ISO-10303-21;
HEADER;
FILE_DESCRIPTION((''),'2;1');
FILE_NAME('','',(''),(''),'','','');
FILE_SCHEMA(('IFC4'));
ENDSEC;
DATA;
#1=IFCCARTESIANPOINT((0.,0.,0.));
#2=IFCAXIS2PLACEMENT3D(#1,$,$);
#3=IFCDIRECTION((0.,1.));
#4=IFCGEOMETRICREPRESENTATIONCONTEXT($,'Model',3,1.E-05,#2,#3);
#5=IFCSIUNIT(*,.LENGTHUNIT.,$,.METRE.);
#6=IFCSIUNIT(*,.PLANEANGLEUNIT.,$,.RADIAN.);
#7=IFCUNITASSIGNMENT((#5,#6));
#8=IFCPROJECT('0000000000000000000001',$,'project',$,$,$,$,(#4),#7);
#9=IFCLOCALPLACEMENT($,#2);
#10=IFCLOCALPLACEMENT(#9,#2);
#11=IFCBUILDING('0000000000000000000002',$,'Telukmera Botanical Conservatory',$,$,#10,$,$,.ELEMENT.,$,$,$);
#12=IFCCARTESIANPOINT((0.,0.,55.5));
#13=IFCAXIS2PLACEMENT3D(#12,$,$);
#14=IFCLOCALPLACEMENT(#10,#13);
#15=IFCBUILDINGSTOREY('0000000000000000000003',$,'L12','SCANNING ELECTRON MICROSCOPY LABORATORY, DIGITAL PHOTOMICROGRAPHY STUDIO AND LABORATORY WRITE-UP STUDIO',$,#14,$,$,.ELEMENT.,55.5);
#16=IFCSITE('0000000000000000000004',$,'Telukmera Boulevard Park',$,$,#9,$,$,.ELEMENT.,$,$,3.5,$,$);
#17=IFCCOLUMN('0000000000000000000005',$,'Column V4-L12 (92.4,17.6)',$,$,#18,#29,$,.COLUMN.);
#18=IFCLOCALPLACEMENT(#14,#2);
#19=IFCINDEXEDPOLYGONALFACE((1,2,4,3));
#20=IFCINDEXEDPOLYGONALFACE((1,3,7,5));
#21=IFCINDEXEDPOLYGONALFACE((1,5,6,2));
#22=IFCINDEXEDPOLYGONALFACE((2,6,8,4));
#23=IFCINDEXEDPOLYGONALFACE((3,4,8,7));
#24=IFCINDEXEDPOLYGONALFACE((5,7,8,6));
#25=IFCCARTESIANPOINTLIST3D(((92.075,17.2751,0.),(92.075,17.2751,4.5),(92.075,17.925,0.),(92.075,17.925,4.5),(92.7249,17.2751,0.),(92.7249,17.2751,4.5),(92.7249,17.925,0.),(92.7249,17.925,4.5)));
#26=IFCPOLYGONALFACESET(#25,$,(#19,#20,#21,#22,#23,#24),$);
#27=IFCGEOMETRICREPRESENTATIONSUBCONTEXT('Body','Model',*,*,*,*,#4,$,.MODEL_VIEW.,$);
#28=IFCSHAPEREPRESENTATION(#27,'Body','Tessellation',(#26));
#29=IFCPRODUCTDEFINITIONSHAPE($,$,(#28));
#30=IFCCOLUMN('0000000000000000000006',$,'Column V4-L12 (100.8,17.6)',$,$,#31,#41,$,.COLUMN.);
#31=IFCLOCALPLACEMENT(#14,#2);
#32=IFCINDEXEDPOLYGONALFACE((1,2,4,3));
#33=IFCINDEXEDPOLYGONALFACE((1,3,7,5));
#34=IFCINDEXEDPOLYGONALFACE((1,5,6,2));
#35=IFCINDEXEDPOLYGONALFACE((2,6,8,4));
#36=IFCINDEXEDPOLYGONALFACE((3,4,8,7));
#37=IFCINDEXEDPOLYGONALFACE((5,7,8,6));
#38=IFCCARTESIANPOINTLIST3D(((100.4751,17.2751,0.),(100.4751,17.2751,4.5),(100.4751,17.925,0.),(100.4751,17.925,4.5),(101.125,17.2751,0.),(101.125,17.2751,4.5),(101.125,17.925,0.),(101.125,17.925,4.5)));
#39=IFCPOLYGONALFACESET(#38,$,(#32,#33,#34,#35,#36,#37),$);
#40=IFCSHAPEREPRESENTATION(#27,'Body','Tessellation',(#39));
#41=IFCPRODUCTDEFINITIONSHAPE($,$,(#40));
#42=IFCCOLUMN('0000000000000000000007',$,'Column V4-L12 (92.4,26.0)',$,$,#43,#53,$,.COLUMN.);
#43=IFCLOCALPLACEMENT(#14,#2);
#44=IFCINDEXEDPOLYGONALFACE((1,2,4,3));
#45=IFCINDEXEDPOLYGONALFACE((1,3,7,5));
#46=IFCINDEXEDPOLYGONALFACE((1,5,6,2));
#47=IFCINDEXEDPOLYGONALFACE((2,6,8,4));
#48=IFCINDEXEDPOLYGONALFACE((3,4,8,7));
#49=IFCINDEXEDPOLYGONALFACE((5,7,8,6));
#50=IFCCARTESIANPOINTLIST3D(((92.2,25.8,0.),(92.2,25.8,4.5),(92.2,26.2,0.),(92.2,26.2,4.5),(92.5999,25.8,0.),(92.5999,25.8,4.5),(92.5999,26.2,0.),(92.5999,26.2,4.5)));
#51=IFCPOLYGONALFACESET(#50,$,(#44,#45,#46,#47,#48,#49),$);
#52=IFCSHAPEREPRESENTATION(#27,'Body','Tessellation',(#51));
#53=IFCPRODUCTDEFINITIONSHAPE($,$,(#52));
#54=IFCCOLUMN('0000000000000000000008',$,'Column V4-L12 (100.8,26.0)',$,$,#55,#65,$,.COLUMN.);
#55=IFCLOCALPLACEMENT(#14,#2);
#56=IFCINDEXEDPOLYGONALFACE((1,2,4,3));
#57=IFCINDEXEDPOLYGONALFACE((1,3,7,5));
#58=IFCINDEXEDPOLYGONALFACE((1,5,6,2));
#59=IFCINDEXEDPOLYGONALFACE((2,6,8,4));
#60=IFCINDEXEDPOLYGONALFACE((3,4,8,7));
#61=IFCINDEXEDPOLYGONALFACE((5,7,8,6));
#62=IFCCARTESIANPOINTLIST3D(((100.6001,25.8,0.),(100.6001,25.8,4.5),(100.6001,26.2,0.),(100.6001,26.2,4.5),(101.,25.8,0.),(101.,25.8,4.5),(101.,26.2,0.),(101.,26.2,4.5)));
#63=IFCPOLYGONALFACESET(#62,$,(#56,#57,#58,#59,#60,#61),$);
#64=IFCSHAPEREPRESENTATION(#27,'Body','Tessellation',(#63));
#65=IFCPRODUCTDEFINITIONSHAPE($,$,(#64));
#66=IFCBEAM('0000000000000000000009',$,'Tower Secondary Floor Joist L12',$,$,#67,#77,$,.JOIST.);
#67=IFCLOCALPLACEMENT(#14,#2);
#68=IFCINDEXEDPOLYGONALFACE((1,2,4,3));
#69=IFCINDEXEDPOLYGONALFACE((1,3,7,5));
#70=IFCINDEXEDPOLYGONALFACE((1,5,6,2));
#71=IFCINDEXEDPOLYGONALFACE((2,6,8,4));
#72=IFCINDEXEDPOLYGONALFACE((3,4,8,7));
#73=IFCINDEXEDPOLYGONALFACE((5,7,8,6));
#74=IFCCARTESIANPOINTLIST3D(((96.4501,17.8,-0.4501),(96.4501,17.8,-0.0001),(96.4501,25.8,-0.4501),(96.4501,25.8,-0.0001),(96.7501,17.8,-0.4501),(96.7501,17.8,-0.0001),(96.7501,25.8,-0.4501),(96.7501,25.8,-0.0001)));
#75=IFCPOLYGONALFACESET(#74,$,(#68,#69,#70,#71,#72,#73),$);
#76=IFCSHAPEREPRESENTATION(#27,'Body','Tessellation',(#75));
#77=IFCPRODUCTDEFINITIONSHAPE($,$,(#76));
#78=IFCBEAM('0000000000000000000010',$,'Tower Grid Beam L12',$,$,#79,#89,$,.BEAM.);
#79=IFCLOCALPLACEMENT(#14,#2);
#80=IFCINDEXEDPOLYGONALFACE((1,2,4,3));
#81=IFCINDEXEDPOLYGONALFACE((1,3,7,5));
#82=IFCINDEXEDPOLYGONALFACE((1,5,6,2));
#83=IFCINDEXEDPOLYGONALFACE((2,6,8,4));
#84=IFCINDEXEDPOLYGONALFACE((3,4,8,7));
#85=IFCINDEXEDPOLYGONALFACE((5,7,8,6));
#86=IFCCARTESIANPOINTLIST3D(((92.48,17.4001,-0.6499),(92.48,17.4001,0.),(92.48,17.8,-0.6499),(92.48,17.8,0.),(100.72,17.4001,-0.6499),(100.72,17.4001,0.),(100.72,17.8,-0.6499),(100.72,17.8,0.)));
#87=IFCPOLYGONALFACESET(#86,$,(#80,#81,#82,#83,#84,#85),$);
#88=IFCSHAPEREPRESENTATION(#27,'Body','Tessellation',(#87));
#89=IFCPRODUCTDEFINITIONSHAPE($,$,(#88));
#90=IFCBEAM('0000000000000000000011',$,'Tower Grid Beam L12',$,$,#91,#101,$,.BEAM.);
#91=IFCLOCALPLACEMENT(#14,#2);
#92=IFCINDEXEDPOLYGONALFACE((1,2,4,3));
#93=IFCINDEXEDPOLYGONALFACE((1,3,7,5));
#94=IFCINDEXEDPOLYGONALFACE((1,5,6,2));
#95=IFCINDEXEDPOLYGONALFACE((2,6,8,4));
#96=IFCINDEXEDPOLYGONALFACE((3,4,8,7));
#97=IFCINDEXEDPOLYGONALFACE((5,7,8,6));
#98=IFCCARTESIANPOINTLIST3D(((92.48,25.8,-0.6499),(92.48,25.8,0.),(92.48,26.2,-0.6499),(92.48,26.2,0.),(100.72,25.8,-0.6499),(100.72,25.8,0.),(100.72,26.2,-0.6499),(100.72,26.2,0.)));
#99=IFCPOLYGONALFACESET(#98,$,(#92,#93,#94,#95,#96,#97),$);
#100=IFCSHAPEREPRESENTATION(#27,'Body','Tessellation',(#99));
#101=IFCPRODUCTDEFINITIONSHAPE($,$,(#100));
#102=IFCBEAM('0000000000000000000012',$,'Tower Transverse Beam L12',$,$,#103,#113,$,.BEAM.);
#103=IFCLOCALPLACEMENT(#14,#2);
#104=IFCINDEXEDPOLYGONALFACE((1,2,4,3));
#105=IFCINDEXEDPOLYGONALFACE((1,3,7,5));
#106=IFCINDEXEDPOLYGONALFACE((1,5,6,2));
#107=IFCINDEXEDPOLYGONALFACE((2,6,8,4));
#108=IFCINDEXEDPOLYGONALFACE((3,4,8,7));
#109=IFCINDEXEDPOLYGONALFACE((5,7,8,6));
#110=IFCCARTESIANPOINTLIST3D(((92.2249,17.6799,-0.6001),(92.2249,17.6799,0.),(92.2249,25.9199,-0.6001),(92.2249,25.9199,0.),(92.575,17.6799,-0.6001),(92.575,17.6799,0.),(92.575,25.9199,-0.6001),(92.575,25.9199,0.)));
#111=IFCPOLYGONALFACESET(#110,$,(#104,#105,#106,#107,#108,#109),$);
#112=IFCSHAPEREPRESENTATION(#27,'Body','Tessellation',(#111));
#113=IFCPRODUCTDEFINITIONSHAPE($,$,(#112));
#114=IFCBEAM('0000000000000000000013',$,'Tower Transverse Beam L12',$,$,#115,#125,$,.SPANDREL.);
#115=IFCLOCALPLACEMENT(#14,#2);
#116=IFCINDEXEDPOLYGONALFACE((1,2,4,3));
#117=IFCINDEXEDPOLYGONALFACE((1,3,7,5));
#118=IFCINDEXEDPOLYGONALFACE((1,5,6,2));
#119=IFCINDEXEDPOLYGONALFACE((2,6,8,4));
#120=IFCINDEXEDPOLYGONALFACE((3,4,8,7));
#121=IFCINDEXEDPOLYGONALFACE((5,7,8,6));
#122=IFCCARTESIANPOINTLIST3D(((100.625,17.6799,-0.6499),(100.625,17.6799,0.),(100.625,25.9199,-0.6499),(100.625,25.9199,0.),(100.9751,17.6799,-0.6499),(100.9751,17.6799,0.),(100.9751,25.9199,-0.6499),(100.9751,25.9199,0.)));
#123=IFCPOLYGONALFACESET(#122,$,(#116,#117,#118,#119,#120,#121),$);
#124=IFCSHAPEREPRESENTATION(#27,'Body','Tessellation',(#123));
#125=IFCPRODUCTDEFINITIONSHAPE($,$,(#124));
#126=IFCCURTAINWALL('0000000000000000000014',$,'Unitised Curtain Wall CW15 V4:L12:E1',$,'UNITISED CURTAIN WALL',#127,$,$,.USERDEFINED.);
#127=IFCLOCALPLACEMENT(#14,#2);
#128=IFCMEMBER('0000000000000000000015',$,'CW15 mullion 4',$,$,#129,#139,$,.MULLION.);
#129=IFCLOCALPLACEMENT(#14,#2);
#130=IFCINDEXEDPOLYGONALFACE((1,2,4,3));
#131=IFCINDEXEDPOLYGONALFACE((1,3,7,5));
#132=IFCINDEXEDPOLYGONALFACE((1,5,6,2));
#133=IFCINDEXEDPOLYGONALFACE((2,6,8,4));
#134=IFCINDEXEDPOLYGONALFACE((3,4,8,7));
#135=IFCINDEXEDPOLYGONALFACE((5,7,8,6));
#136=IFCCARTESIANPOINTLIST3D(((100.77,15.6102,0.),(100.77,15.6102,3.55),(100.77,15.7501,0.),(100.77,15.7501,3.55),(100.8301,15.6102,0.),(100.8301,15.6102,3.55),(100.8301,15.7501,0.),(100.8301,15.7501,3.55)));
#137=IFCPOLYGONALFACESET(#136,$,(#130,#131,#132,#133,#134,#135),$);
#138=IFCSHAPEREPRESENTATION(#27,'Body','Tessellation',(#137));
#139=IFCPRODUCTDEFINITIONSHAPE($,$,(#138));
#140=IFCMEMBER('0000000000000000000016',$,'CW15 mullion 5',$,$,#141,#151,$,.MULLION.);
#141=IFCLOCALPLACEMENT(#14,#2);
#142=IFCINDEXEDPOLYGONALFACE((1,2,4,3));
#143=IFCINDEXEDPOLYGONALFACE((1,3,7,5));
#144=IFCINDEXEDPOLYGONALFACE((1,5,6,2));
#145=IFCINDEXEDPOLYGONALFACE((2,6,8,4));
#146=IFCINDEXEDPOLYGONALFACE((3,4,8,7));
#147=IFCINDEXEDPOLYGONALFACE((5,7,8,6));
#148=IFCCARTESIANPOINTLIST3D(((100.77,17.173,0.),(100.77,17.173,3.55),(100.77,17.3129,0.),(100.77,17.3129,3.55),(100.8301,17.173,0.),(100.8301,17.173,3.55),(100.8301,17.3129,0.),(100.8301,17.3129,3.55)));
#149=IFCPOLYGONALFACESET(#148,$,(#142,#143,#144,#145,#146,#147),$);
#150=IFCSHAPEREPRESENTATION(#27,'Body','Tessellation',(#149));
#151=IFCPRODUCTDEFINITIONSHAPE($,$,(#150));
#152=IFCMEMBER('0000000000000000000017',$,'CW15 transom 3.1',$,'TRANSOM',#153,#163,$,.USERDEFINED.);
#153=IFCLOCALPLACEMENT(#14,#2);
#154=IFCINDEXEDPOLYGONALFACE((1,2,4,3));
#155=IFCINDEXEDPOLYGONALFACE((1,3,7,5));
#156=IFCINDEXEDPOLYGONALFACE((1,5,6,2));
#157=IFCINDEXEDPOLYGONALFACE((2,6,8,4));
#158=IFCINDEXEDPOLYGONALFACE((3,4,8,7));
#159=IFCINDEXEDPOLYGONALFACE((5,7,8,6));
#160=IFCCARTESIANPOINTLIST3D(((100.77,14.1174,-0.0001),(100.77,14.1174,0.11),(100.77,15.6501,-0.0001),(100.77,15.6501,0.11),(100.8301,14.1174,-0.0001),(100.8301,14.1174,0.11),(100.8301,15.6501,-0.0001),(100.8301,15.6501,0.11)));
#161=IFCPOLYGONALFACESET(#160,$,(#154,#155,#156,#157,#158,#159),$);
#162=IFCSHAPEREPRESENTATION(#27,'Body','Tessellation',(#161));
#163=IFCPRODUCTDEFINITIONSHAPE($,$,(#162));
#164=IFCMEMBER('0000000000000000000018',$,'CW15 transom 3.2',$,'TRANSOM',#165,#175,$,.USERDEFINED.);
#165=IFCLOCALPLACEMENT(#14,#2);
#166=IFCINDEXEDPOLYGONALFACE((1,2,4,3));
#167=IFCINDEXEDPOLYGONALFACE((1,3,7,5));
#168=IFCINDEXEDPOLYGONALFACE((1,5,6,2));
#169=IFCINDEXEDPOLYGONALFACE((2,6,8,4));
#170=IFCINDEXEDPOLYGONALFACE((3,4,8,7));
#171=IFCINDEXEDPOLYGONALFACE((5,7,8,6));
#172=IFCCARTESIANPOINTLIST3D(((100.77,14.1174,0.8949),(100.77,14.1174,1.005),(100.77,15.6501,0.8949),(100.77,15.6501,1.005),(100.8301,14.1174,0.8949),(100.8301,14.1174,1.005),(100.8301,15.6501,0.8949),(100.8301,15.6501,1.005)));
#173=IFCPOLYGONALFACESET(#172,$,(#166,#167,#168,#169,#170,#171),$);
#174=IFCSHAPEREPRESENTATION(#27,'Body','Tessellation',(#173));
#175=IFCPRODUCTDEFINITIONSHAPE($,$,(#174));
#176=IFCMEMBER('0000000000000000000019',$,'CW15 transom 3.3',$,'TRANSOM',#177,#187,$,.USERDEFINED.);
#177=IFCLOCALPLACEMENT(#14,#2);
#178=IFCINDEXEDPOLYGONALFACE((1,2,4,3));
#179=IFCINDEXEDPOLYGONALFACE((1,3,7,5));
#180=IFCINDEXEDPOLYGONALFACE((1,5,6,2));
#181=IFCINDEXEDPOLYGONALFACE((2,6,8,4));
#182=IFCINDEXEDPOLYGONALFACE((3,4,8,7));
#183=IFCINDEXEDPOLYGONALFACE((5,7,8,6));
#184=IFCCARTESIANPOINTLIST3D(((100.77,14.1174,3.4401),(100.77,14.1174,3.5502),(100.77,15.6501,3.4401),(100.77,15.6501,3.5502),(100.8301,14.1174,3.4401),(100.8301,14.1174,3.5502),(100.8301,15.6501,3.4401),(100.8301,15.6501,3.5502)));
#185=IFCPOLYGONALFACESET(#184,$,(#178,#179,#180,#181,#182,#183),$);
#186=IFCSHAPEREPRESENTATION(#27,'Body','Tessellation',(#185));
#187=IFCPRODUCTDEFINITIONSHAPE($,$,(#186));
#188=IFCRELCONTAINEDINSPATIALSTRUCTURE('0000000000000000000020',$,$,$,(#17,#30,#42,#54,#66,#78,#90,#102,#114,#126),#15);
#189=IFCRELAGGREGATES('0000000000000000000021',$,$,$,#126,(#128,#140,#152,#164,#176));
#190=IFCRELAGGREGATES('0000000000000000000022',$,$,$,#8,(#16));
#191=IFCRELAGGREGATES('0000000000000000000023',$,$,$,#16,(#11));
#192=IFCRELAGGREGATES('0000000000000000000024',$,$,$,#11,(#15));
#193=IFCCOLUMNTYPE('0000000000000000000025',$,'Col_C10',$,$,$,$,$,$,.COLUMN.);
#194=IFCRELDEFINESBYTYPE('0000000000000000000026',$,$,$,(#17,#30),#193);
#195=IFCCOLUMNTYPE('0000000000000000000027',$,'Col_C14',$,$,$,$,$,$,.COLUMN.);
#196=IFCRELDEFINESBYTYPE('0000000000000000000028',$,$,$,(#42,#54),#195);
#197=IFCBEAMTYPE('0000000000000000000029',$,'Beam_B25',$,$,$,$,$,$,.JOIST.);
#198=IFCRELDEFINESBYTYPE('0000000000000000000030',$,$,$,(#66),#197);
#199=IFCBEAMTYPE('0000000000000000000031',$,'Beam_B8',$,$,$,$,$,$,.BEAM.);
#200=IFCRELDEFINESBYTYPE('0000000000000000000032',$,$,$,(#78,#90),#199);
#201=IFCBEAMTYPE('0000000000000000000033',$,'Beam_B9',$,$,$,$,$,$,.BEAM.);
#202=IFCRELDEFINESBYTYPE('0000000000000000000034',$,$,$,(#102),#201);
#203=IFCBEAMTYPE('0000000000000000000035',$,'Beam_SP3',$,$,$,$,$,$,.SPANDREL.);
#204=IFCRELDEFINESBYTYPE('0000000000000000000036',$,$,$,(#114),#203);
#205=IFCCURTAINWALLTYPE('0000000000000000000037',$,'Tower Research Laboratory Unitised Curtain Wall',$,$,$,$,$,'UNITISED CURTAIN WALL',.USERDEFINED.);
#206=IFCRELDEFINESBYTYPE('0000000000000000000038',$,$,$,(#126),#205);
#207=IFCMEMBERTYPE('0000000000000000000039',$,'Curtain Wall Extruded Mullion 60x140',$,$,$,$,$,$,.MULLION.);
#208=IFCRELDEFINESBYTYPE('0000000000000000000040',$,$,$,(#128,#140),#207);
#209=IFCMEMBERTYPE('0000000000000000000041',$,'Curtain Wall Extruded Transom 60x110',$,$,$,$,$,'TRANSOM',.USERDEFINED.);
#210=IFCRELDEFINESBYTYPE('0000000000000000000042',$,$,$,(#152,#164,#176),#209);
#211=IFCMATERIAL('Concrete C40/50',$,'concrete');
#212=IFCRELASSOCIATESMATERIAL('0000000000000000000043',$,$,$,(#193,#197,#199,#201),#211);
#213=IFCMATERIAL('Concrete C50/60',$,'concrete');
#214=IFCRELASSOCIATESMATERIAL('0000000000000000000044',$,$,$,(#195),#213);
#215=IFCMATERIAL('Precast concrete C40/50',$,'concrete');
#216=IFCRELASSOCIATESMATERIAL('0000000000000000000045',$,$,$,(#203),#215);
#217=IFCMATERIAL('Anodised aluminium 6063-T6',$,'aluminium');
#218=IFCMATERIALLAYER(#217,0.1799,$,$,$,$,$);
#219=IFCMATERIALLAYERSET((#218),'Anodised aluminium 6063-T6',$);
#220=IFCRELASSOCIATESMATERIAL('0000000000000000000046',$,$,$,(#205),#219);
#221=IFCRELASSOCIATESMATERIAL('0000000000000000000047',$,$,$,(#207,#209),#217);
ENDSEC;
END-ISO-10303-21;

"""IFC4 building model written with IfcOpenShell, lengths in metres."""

from ifc_helpers import new_model, si_unit, direction, frame, origin, origin_2d, place, context, subcontext, project, spatial, rectangle, extrude, material, layer, layer_set, material_profile, profile_set, type_object, element, aggregate, save


model = new_model("IFC4")

# Units and contexts
model_context = context("Model", 3, precision=1e-05, world=origin(), true_north=direction((0.0, 1.0)))
body_context = subcontext(model_context, "Body", "Model", "MODEL_VIEW")
ifc_project = project(units=[si_unit("LENGTHUNIT", "METRE"), si_unit("PLANEANGLEUNIT", "RADIAN")], contexts=[model_context])

# Site, building, storey
site_placement = place(None, origin())
site = spatial("IfcSite", under=ifc_project, at=site_placement, Name="Telukmera Boulevard Park", CompositionType="ELEMENT", RefElevation=3.5)
building_placement = place(site_placement, origin())
building = spatial("IfcBuilding", under=site, at=building_placement, Name="Telukmera Botanical Conservatory", CompositionType="ELEMENT")
storey_placement = place(building_placement, frame((0.0, 0.0, 55.5)))
storey = spatial("IfcBuildingStorey", under=building, at=storey_placement, Name="L12", Description="SCANNING ELECTRON MICROSCOPY LABORATORY, DIGITAL PHOTOMICROGRAPHY STUDIO AND LABORATORY WRITE-UP STUDIO", CompositionType="ELEMENT", Elevation=55.5)

# Columns
ifc_material_1 = material(Name="Concrete C40/50", Category="concrete")
ifc_material_profile_1 = material_profile(ifc_material_1, rectangle(XDim=0.6499, YDim=0.6499, at=origin_2d()), Name="RC 650x650")
ifc_profile_set_1 = profile_set([ifc_material_profile_1], Name="Concrete C40/50")
column_type_1 = type_object("IfcColumnType", Name="Col_C10", PredefinedType="COLUMN", material=ifc_profile_set_1)
for number, where, z_axis, x_axis, name in (
    (1, (92.3999, 17.6001, 0.0), (0.0, 0.0, 1.0), (1.0, 0.0, 0.0), "Column V4-L12 (92.4,17.6)"),
    (2, (100.8, 17.6001, 0.0), (0.0, 0.0, 1.0), (1.0, 0.0, 0.0), "Column V4-L12 (100.8,17.6)"),
):
    element("IfcColumn", number, at=place(storey_placement, frame(where, z_axis=z_axis, x_axis=x_axis)), inside=storey, type_object=column_type_1, Name=name, PredefinedType="COLUMN", context=body_context, shape_type="SweptSolid", body=[
        extrude(rectangle(XDim=0.6499, YDim=0.6499, at=origin_2d()), origin(), (0.0, 0.0, 1.0), 4.5),
    ])
ifc_material_2 = material(Name="Concrete C50/60", Category="concrete")
ifc_material_profile_2 = material_profile(ifc_material_2, rectangle(XDim=0.3999, YDim=0.3999, at=origin_2d()), Name="RC 400x400")
ifc_profile_set_2 = profile_set([ifc_material_profile_2], Name="Concrete C50/60")
column_type_2 = type_object("IfcColumnType", Name="Col_C14", PredefinedType="COLUMN", material=ifc_profile_set_2)
for number, where, z_axis, x_axis, name in (
    (3, (92.3999, 26.0, 0.0), (0.0, 0.0, 1.0), (1.0, 0.0, 0.0), "Column V4-L12 (92.4,26.0)"),
    (4, (100.8, 26.0, 0.0), (0.0, 0.0, 1.0), (1.0, 0.0, 0.0), "Column V4-L12 (100.8,26.0)"),
):
    element("IfcColumn", number, at=place(storey_placement, frame(where, z_axis=z_axis, x_axis=x_axis)), inside=storey, type_object=column_type_2, Name=name, PredefinedType="COLUMN", context=body_context, shape_type="SweptSolid", body=[
        extrude(rectangle(XDim=0.3999, YDim=0.3999, at=origin_2d()), origin(), (0.0, 0.0, 1.0), 4.5),
    ])

# Beams
ifc_material_profile_3 = material_profile(ifc_material_1, rectangle(XDim=0.3, YDim=0.45, at=origin_2d()), Name="RC 300x450")
ifc_profile_set_3 = profile_set([ifc_material_profile_3], Name="Concrete C40/50")
beam_type_1 = type_object("IfcBeamType", Name="Beam_B25", PredefinedType="JOIST", material=ifc_profile_set_3)
beam_1_placement = place(storey_placement, frame((96.6001, 17.8, -0.2251), z_axis=(0.0, 1.0, 0.0), x_axis=(-1.0, 0.0, 0.0)))
element("IfcBeam", 5, at=beam_1_placement, inside=storey, type_object=beam_type_1, Name="Tower Secondary Floor Joist L12", PredefinedType="JOIST", context=body_context, shape_type="SweptSolid", body=[
    extrude(rectangle(XDim=0.3, YDim=0.45, at=origin_2d()), origin(), (0.0, 0.0, 1.0), 8.0),
])
ifc_material_profile_4 = material_profile(ifc_material_1, rectangle(XDim=0.3999, YDim=0.6499, at=origin_2d()), Name="RC 400x650")
ifc_profile_set_4 = profile_set([ifc_material_profile_4], Name="Concrete C40/50")
beam_type_2 = type_object("IfcBeamType", Name="Beam_B8", PredefinedType="BEAM", material=ifc_profile_set_4)
for number, where, z_axis, x_axis, name in (
    (6, (92.48, 17.6001, -0.325), (1.0, 0.0, 0.0), (0.0, 1.0, 0.0), "Tower Grid Beam L12"),
    (7, (92.48, 26.0, -0.325), (1.0, 0.0, 0.0), (0.0, 1.0, 0.0), "Tower Grid Beam L12"),
):
    element("IfcBeam", number, at=place(storey_placement, frame(where, z_axis=z_axis, x_axis=x_axis)), inside=storey, type_object=beam_type_2, Name=name, PredefinedType="BEAM", context=body_context, shape_type="SweptSolid", body=[
        extrude(rectangle(XDim=0.3999, YDim=0.6499, at=origin_2d()), origin(), (0.0, 0.0, 1.0), 8.24),
    ])
ifc_material_profile_5 = material_profile(ifc_material_1, rectangle(XDim=0.3501, YDim=0.6001, at=origin_2d()), Name="RC 350x600")
ifc_profile_set_5 = profile_set([ifc_material_profile_5], Name="Concrete C40/50")
beam_type_3 = type_object("IfcBeamType", Name="Beam_B9", PredefinedType="BEAM", material=ifc_profile_set_5)
beam_2_placement = place(storey_placement, frame((92.3999, 17.6799, -0.3), z_axis=(0.0, 1.0, 0.0), x_axis=(-1.0, 0.0, 0.0)))
element("IfcBeam", 8, at=beam_2_placement, inside=storey, type_object=beam_type_3, Name="Tower Transverse Beam L12", PredefinedType="BEAM", context=body_context, shape_type="SweptSolid", body=[
    extrude(rectangle(XDim=0.3501, YDim=0.6001, at=origin_2d()), origin(), (0.0, 0.0, 1.0), 8.24),
])
ifc_material_3 = material(Name="Precast concrete C40/50", Category="concrete")
ifc_material_profile_6 = material_profile(ifc_material_3, rectangle(XDim=0.3501, YDim=0.6499, at=origin_2d()), Name="PC 350x650")
ifc_profile_set_6 = profile_set([ifc_material_profile_6], Name="Precast concrete C40/50")
beam_type_4 = type_object("IfcBeamType", Name="Beam_SP3", PredefinedType="SPANDREL", material=ifc_profile_set_6)
beam_3_placement = place(storey_placement, frame((100.8, 17.6799, -0.325), z_axis=(0.0, 1.0, 0.0), x_axis=(-1.0, 0.0, 0.0)))
element("IfcBeam", 9, at=beam_3_placement, inside=storey, type_object=beam_type_4, Name="Tower Transverse Beam L12", PredefinedType="SPANDREL", context=body_context, shape_type="SweptSolid", body=[
    extrude(rectangle(XDim=0.3501, YDim=0.6499, at=origin_2d()), origin(), (0.0, 0.0, 1.0), 8.24),
])

# Curtain wall, members
ifc_material_4 = material(Name="Anodised aluminium 6063-T6", Category="aluminium")
ifc_layer_1 = layer(ifc_material_4, 0.1799)
ifc_layer_set_1 = layer_set([ifc_layer_1], Name="Anodised aluminium 6063-T6")
curtain_wall_type = type_object("IfcCurtainWallType", Name="Tower Research Laboratory Unitised Curtain Wall", ElementType="UNITISED CURTAIN WALL", PredefinedType="USERDEFINED", material=ifc_layer_set_1)
curtain_wall_placement = place(storey_placement, origin())
curtain_wall = element("IfcCurtainWall", 10, at=curtain_wall_placement, inside=storey, type_object=curtain_wall_type, Name="Unitised Curtain Wall CW15 V4:L12:E1", ObjectType="UNITISED CURTAIN WALL", PredefinedType="USERDEFINED")
ifc_material_profile_7 = material_profile(ifc_material_4, rectangle(XDim=0.0601, YDim=0.1399, at=origin_2d()), Name="ALU MULL 60x140")
ifc_profile_set_7 = profile_set([ifc_material_profile_7], Name="Anodised aluminium 6063-T6")
member_type_1 = type_object("IfcMemberType", Name="Curtain Wall Extruded Mullion 60x140", PredefinedType="MULLION", material=ifc_profile_set_7)
member_1_placement = place(storey_placement, frame((100.8, 15.6802, 0.0), z_axis=(0.0, 0.0, 1.0), x_axis=(-1.0, 0.0, 0.0)))
member_1 = element("IfcMember", 11, at=member_1_placement, type_object=member_type_1, Name="CW15 mullion 4", PredefinedType="MULLION", context=body_context, shape_type="SweptSolid", body=[
    extrude(rectangle(XDim=0.0601, YDim=0.1399, at=origin_2d()), origin(), (0.0, 0.0, 1.0), 3.55),
])
member_2_placement = place(storey_placement, frame((100.8, 17.2429, 0.0), z_axis=(0.0, 0.0, 1.0), x_axis=(-1.0, 0.0, 0.0)))
member_2 = element("IfcMember", 12, at=member_2_placement, type_object=member_type_1, Name="CW15 mullion 5", PredefinedType="MULLION", context=body_context, shape_type="SweptSolid", body=[
    extrude(rectangle(XDim=0.0601, YDim=0.1399, at=origin_2d()), origin(), (0.0, 0.0, 1.0), 3.55),
])
ifc_material_profile_8 = material_profile(ifc_material_4, rectangle(XDim=0.0601, YDim=0.1101, at=origin_2d()), Name="ALU TRAN 60x110")
ifc_profile_set_8 = profile_set([ifc_material_profile_8], Name="Anodised aluminium 6063-T6")
member_type_2 = type_object("IfcMemberType", Name="Curtain Wall Extruded Transom 60x110", ElementType="TRANSOM", PredefinedType="USERDEFINED", material=ifc_profile_set_8)
member_3_placement = place(storey_placement, frame((100.8, 14.1174, 0.0549), z_axis=(0.0, 1.0, 0.0), x_axis=(-1.0, 0.0, 0.0)))
member_3 = element("IfcMember", 13, at=member_3_placement, type_object=member_type_2, Name="CW15 transom 3.1", ObjectType="TRANSOM", PredefinedType="USERDEFINED", context=body_context, shape_type="SweptSolid", body=[
    extrude(rectangle(XDim=0.0601, YDim=0.1101, at=origin_2d()), origin(), (0.0, 0.0, 1.0), 1.5327),
])
member_4_placement = place(storey_placement, frame((100.8, 14.1174, 0.95), z_axis=(0.0, 1.0, 0.0), x_axis=(-1.0, 0.0, 0.0)))
member_4 = element("IfcMember", 14, at=member_4_placement, type_object=member_type_2, Name="CW15 transom 3.2", ObjectType="TRANSOM", PredefinedType="USERDEFINED", context=body_context, shape_type="SweptSolid", body=[
    extrude(rectangle(XDim=0.0601, YDim=0.1101, at=origin_2d()), origin(), (0.0, 0.0, 1.0), 1.5327),
])
member_5_placement = place(storey_placement, frame((100.8, 14.1174, 3.4951), z_axis=(0.0, 1.0, 0.0), x_axis=(-1.0, 0.0, 0.0)))
member_5 = element("IfcMember", 15, at=member_5_placement, type_object=member_type_2, Name="CW15 transom 3.3", ObjectType="TRANSOM", PredefinedType="USERDEFINED", context=body_context, shape_type="SweptSolid", body=[
    extrude(rectangle(XDim=0.0601, YDim=0.1101, at=origin_2d()), origin(), (0.0, 0.0, 1.0), 1.5327),
])
aggregate(curtain_wall, [member_1, member_2, member_3, member_4, member_5])

save(model, "model.ifc")
